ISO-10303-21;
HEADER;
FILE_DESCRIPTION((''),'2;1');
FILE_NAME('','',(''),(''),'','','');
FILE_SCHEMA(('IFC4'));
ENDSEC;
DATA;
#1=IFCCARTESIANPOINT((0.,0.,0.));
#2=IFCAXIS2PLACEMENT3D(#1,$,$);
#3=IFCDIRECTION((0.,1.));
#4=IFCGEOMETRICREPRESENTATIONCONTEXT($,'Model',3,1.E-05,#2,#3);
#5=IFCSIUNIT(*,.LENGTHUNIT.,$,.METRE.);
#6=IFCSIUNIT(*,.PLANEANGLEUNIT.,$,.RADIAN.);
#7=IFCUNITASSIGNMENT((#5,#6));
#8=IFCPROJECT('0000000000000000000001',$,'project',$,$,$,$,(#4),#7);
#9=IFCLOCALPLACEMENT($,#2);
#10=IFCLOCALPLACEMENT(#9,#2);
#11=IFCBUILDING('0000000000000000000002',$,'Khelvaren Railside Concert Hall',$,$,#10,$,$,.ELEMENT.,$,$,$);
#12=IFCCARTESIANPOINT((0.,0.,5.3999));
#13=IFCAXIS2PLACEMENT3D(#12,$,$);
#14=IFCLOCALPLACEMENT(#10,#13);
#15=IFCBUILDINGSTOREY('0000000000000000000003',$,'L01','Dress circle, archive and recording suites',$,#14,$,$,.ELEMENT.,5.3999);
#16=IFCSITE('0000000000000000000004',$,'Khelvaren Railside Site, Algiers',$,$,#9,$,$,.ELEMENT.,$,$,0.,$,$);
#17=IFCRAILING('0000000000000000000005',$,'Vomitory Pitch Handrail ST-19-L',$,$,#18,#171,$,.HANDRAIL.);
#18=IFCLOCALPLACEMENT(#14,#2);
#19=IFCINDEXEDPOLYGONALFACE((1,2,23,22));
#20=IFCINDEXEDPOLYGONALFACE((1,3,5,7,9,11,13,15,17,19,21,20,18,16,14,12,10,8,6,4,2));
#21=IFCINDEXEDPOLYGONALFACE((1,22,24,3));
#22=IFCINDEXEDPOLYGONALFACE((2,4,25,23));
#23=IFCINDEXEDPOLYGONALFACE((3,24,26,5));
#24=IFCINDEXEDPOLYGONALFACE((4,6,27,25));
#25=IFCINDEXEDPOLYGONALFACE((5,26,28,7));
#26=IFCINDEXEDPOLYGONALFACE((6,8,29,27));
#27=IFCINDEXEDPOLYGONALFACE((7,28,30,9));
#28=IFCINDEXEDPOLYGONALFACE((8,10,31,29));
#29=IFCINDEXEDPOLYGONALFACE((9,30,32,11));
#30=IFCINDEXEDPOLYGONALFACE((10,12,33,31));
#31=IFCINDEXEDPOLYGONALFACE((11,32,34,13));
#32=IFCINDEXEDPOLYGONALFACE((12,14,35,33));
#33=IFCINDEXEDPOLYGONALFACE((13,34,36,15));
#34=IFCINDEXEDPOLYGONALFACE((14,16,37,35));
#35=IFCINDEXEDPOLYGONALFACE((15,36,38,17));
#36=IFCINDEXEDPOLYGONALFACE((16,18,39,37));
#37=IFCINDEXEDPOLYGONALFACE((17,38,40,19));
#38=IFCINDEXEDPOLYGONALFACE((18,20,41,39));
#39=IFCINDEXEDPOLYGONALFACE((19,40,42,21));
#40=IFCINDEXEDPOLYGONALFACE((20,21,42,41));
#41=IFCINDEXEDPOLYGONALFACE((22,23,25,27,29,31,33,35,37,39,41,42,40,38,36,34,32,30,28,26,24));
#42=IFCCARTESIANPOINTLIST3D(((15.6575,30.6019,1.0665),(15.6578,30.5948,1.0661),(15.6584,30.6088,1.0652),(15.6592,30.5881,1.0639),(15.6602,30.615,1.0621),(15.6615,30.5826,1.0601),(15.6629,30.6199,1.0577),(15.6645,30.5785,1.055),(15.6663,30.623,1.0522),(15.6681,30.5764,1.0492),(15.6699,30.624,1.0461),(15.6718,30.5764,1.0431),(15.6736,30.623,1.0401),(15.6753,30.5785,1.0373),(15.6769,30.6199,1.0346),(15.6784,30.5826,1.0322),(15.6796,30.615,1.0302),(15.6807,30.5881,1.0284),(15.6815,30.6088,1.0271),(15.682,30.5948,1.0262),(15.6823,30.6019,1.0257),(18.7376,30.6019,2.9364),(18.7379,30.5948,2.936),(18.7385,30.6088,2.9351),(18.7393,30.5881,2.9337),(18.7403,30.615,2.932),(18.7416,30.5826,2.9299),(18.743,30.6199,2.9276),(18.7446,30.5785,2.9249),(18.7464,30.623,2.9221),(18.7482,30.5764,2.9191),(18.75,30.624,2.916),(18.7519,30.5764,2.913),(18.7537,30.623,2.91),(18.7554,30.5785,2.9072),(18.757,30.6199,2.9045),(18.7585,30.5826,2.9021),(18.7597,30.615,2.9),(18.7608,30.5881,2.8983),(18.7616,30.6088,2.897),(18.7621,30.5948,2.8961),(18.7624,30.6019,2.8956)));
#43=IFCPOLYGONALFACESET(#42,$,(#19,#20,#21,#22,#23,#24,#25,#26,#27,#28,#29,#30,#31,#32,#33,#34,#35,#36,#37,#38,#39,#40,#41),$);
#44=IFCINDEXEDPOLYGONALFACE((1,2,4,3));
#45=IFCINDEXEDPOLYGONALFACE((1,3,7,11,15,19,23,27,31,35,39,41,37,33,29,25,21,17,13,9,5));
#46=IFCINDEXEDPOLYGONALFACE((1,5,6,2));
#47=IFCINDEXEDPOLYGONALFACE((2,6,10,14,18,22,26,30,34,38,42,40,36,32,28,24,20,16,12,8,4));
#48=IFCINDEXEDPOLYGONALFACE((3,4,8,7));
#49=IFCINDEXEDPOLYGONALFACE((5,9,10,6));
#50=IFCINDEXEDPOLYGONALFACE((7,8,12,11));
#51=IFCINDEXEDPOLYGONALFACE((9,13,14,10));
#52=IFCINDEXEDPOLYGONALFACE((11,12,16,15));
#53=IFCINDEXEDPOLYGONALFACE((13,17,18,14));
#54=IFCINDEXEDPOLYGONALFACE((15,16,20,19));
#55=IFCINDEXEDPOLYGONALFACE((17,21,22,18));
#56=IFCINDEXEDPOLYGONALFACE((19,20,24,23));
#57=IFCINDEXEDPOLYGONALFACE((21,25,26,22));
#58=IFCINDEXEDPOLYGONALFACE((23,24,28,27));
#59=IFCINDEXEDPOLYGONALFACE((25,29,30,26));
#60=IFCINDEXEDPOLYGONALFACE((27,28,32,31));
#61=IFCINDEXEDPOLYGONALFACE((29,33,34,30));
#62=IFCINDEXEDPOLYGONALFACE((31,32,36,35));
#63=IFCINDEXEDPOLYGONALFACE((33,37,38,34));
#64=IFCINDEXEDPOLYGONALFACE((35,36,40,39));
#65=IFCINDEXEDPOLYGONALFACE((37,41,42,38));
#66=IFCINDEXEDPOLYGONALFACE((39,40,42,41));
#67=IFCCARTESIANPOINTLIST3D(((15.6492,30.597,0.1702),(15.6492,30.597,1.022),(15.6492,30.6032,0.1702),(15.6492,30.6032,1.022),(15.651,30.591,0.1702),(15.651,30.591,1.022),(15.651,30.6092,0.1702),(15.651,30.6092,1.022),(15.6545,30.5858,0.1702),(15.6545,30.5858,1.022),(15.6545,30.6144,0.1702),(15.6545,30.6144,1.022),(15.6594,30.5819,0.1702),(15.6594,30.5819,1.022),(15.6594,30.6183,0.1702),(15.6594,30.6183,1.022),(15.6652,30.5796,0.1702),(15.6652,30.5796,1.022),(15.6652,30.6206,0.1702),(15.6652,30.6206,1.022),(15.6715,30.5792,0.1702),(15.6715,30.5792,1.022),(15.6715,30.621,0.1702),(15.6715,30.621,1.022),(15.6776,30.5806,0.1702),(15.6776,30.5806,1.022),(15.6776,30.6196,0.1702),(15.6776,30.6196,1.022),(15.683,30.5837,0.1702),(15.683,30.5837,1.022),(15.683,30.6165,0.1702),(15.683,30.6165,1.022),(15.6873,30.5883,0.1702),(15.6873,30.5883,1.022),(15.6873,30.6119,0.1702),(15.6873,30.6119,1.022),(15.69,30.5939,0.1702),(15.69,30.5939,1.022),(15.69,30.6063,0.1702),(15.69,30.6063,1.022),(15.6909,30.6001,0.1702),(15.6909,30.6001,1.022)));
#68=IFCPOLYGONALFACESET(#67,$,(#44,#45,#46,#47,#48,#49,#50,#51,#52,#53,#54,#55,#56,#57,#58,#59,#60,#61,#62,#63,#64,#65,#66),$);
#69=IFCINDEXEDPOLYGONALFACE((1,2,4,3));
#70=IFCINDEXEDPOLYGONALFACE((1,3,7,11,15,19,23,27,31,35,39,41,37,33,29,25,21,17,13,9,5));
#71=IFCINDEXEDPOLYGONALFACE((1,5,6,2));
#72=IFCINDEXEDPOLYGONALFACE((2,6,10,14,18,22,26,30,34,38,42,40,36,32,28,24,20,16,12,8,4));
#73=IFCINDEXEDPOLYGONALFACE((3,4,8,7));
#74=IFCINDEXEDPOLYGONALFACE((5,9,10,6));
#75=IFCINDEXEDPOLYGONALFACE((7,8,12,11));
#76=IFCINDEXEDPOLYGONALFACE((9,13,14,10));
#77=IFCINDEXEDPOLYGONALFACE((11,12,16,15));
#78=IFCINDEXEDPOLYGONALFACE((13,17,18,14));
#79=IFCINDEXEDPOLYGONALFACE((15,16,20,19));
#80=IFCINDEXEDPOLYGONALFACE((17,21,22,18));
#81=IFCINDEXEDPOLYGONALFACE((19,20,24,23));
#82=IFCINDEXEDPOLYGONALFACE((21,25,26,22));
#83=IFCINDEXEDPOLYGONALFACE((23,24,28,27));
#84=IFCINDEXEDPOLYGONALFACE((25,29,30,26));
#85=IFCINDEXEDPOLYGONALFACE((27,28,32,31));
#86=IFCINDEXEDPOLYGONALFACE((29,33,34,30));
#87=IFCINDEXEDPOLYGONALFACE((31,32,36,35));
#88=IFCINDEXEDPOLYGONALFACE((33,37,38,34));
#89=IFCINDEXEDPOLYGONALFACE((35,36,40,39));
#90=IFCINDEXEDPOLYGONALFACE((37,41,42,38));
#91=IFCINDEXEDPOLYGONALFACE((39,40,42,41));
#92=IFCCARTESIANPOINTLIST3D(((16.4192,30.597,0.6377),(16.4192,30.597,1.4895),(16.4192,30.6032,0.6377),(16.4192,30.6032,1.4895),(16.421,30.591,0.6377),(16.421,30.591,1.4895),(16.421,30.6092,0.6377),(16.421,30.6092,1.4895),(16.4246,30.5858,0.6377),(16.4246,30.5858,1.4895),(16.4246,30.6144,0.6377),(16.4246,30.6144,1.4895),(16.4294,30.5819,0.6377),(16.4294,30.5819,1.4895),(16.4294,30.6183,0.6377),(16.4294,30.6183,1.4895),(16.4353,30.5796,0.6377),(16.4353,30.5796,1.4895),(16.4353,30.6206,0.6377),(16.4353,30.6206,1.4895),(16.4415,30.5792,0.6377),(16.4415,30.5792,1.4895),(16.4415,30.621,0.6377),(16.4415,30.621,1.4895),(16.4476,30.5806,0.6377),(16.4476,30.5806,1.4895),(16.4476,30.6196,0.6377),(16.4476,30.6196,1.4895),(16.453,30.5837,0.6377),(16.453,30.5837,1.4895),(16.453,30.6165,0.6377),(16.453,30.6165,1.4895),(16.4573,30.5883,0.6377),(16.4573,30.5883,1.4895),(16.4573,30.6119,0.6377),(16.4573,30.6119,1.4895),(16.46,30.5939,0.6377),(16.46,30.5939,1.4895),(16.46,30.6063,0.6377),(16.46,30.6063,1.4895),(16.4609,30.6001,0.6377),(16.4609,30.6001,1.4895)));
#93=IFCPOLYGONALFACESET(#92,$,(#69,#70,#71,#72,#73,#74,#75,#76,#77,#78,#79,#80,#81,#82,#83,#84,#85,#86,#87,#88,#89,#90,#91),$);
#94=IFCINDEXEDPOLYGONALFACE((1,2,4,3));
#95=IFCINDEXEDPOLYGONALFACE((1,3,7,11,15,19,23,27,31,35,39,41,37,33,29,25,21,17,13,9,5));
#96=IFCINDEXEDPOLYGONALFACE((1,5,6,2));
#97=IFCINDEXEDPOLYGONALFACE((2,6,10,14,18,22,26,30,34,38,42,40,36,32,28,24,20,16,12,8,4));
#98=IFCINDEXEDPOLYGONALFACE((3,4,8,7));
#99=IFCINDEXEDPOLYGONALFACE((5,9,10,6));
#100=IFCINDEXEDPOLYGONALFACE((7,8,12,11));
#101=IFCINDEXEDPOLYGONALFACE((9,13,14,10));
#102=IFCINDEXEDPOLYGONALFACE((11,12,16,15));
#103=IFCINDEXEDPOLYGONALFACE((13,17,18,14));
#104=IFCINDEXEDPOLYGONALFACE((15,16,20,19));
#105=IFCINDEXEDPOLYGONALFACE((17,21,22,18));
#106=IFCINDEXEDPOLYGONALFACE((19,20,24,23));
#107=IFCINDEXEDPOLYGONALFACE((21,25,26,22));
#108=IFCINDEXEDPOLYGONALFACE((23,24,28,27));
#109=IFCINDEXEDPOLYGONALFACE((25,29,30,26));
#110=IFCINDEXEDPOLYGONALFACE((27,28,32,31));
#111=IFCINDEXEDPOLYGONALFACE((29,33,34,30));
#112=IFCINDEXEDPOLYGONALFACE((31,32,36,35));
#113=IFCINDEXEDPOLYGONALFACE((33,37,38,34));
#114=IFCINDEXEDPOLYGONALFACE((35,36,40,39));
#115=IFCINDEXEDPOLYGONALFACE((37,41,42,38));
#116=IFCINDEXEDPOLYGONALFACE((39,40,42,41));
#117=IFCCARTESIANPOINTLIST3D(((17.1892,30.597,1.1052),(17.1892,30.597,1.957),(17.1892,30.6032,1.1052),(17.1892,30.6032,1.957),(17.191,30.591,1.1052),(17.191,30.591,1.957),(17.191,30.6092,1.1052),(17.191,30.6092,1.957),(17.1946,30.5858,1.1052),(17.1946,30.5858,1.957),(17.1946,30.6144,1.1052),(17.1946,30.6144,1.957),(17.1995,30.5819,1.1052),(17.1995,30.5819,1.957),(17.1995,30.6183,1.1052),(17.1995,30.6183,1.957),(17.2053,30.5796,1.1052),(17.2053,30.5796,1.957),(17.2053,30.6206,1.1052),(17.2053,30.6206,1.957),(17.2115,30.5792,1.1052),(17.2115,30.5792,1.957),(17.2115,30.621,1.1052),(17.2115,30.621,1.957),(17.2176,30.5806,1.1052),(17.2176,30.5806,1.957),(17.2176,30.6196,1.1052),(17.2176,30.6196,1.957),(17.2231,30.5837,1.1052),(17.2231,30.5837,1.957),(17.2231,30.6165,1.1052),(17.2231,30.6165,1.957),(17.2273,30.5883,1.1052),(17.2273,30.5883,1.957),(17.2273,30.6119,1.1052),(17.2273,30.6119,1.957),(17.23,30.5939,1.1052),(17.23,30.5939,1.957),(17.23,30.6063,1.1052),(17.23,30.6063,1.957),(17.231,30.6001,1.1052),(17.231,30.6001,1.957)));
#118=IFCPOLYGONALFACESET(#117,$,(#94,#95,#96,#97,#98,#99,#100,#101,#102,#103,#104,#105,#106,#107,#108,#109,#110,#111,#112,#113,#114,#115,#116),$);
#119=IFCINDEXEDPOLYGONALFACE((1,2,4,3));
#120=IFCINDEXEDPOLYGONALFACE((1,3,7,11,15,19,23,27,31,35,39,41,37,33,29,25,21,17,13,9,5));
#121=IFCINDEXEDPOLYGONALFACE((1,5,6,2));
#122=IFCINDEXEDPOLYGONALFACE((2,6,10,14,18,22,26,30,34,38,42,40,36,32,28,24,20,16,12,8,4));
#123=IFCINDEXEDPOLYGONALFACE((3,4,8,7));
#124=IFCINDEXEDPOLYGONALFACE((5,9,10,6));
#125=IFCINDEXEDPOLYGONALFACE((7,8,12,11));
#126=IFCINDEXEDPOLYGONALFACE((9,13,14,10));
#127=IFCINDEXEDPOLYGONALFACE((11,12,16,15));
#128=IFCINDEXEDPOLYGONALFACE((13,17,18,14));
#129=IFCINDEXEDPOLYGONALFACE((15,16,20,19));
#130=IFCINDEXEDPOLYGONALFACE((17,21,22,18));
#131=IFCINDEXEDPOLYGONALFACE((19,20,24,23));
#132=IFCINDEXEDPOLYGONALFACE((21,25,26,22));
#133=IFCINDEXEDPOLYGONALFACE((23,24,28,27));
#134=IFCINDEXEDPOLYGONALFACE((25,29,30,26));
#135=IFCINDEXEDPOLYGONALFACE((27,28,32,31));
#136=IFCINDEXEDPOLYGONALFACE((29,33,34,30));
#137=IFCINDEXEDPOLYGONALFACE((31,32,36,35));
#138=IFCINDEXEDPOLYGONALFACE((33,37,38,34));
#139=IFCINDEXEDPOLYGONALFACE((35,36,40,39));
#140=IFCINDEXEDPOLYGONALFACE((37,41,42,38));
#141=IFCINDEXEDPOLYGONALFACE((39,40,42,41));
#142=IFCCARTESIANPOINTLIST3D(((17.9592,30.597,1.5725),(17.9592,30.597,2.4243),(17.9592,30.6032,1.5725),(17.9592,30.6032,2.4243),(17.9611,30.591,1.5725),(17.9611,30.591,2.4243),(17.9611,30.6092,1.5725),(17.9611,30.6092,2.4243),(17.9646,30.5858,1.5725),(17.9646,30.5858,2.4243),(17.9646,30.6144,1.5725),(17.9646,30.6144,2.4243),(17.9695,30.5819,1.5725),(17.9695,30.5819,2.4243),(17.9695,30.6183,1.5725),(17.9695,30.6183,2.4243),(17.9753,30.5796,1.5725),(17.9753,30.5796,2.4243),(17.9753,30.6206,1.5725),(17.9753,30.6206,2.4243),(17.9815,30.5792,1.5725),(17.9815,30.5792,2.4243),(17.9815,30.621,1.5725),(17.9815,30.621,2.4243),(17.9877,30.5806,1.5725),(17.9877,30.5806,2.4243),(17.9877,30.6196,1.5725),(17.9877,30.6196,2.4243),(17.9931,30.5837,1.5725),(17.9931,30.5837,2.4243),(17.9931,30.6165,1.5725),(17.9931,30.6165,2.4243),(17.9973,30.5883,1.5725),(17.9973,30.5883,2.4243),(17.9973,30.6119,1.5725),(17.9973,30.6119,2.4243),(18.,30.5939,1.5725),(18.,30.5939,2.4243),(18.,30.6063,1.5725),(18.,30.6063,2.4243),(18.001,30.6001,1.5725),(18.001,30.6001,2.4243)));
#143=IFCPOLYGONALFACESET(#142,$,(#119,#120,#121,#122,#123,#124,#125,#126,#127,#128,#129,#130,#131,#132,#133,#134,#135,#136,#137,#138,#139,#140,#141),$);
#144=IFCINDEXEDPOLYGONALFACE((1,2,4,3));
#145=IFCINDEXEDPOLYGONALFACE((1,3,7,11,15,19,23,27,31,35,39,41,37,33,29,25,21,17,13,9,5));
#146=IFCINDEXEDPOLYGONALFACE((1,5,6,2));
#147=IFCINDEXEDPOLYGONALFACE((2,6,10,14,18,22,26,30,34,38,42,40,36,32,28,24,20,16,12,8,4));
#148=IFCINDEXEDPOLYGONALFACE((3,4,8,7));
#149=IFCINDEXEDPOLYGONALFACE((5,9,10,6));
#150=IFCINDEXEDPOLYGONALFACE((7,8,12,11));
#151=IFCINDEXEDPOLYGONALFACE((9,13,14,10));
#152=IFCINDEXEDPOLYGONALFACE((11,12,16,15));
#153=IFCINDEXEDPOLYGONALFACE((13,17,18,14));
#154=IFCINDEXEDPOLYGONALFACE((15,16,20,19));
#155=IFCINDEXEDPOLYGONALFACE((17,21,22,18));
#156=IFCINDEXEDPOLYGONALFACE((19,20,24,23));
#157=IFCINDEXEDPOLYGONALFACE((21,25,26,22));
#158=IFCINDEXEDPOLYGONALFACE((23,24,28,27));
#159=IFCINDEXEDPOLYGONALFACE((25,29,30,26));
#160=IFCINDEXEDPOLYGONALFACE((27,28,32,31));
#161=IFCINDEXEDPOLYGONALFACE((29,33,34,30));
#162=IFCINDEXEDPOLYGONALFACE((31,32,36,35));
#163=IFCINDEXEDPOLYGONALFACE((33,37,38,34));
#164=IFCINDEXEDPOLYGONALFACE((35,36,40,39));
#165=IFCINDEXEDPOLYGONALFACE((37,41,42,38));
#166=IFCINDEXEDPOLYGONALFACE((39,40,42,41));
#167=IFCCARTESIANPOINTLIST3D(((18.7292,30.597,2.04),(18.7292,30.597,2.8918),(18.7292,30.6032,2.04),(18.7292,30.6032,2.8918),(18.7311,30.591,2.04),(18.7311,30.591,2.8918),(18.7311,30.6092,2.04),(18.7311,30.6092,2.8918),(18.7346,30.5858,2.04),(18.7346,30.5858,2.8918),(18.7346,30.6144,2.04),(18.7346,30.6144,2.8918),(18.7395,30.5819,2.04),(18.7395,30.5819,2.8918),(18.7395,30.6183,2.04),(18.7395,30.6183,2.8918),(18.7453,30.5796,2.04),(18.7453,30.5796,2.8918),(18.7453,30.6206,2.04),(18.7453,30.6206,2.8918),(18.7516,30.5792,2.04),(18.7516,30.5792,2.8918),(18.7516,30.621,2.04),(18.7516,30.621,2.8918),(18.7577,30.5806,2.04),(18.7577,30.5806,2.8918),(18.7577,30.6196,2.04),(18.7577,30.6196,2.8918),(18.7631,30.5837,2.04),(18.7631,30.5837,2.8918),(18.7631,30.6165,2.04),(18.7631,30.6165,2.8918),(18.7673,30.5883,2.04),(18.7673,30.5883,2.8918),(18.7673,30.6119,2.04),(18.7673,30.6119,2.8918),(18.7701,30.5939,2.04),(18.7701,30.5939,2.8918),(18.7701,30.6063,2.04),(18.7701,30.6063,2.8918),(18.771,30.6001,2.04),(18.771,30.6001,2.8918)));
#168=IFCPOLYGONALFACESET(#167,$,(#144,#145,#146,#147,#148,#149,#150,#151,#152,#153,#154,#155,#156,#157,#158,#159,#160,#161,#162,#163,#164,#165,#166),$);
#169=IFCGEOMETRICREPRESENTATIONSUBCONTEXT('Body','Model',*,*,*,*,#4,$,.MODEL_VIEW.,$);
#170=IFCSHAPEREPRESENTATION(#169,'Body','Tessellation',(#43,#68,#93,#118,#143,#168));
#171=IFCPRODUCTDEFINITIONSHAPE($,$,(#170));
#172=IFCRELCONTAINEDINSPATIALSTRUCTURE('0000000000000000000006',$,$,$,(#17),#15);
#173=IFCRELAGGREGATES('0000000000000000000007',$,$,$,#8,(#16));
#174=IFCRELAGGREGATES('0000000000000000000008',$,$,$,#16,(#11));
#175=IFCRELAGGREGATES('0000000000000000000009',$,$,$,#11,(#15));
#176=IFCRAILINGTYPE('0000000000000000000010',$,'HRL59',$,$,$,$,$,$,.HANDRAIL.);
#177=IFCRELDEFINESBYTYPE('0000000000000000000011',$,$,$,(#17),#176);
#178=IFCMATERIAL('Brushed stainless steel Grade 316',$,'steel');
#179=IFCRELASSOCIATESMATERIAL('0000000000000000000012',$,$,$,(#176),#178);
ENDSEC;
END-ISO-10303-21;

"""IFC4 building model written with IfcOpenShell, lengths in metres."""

from ifc_helpers import new_model, si_unit, direction, frame, origin, origin_2d, place, context, subcontext, project, spatial, circle, extrude, material, type_object, element, save


model = new_model("IFC4")

# Units and contexts
model_context = context("Model", 3, precision=1e-05, world=origin(), true_north=direction((0.0, 1.0)))
body_context = subcontext(model_context, "Body", "Model", "MODEL_VIEW")
ifc_project = project(units=[si_unit("LENGTHUNIT", "METRE"), si_unit("PLANEANGLEUNIT", "RADIAN")], contexts=[model_context])

# Site, building, storey
site_placement = place(None, origin())
site = spatial("IfcSite", under=ifc_project, at=site_placement, Name="Khelvaren Railside Site, Algiers", CompositionType="ELEMENT", RefElevation=0.0)
building_placement = place(site_placement, origin())
building = spatial("IfcBuilding", under=site, at=building_placement, Name="Khelvaren Railside Concert Hall", CompositionType="ELEMENT")
storey_placement = place(building_placement, frame((0.0, 0.0, 5.3999)))
storey = spatial("IfcBuildingStorey", under=building, at=storey_placement, Name="L01", Description="Dress circle, archive and recording suites", CompositionType="ELEMENT", Elevation=5.3999)

# Railing
ifc_material_1 = material(Name="Brushed stainless steel Grade 316", Category="steel")
railing_type_1 = type_object("IfcRailingType", Name="HRL59", PredefinedType="HANDRAIL", material=ifc_material_1)
for number, where, name in (
    (1, (15.6699, 30.6001, 0.1702), "Vomitory Pitch Handrail ST-19-L"),
):
    element("IfcRailing", number, at=place(storey_placement, frame(where)), inside=storey, type_object=railing_type_1, Name=name, PredefinedType="HANDRAIL", context=body_context, shape_type="SweptSolid", body=[
        extrude(circle(Radius=0.0239, at=origin_2d()), frame((0.0, 0.0, 0.876), z_axis=(0.854809, 0.0, 0.518943), x_axis=(0.0, 1.0, 0.0)), (0.0, 0.0, 1.0), 3.6033),
        extrude(circle(Radius=0.021, at=origin_2d()), origin(), (0.0, 0.0, 1.0), 0.8518),
        extrude(circle(Radius=0.021, at=origin_2d()), frame((0.77, 0.0, 0.4675)), (0.0, 0.0, 1.0), 0.8518),
        extrude(circle(Radius=0.021, at=origin_2d()), frame((1.54, 0.0, 0.9351)), (0.0, 0.0, 1.0), 0.8518),
        extrude(circle(Radius=0.021, at=origin_2d()), frame((2.3101, 0.0, 1.4023)), (0.0, 0.0, 1.0), 0.8518),
        extrude(circle(Radius=0.021, at=origin_2d()), frame((3.0801, 0.0, 1.8699)), (0.0, 0.0, 1.0), 0.8518),
    ])

save(model, "model.ifc")
